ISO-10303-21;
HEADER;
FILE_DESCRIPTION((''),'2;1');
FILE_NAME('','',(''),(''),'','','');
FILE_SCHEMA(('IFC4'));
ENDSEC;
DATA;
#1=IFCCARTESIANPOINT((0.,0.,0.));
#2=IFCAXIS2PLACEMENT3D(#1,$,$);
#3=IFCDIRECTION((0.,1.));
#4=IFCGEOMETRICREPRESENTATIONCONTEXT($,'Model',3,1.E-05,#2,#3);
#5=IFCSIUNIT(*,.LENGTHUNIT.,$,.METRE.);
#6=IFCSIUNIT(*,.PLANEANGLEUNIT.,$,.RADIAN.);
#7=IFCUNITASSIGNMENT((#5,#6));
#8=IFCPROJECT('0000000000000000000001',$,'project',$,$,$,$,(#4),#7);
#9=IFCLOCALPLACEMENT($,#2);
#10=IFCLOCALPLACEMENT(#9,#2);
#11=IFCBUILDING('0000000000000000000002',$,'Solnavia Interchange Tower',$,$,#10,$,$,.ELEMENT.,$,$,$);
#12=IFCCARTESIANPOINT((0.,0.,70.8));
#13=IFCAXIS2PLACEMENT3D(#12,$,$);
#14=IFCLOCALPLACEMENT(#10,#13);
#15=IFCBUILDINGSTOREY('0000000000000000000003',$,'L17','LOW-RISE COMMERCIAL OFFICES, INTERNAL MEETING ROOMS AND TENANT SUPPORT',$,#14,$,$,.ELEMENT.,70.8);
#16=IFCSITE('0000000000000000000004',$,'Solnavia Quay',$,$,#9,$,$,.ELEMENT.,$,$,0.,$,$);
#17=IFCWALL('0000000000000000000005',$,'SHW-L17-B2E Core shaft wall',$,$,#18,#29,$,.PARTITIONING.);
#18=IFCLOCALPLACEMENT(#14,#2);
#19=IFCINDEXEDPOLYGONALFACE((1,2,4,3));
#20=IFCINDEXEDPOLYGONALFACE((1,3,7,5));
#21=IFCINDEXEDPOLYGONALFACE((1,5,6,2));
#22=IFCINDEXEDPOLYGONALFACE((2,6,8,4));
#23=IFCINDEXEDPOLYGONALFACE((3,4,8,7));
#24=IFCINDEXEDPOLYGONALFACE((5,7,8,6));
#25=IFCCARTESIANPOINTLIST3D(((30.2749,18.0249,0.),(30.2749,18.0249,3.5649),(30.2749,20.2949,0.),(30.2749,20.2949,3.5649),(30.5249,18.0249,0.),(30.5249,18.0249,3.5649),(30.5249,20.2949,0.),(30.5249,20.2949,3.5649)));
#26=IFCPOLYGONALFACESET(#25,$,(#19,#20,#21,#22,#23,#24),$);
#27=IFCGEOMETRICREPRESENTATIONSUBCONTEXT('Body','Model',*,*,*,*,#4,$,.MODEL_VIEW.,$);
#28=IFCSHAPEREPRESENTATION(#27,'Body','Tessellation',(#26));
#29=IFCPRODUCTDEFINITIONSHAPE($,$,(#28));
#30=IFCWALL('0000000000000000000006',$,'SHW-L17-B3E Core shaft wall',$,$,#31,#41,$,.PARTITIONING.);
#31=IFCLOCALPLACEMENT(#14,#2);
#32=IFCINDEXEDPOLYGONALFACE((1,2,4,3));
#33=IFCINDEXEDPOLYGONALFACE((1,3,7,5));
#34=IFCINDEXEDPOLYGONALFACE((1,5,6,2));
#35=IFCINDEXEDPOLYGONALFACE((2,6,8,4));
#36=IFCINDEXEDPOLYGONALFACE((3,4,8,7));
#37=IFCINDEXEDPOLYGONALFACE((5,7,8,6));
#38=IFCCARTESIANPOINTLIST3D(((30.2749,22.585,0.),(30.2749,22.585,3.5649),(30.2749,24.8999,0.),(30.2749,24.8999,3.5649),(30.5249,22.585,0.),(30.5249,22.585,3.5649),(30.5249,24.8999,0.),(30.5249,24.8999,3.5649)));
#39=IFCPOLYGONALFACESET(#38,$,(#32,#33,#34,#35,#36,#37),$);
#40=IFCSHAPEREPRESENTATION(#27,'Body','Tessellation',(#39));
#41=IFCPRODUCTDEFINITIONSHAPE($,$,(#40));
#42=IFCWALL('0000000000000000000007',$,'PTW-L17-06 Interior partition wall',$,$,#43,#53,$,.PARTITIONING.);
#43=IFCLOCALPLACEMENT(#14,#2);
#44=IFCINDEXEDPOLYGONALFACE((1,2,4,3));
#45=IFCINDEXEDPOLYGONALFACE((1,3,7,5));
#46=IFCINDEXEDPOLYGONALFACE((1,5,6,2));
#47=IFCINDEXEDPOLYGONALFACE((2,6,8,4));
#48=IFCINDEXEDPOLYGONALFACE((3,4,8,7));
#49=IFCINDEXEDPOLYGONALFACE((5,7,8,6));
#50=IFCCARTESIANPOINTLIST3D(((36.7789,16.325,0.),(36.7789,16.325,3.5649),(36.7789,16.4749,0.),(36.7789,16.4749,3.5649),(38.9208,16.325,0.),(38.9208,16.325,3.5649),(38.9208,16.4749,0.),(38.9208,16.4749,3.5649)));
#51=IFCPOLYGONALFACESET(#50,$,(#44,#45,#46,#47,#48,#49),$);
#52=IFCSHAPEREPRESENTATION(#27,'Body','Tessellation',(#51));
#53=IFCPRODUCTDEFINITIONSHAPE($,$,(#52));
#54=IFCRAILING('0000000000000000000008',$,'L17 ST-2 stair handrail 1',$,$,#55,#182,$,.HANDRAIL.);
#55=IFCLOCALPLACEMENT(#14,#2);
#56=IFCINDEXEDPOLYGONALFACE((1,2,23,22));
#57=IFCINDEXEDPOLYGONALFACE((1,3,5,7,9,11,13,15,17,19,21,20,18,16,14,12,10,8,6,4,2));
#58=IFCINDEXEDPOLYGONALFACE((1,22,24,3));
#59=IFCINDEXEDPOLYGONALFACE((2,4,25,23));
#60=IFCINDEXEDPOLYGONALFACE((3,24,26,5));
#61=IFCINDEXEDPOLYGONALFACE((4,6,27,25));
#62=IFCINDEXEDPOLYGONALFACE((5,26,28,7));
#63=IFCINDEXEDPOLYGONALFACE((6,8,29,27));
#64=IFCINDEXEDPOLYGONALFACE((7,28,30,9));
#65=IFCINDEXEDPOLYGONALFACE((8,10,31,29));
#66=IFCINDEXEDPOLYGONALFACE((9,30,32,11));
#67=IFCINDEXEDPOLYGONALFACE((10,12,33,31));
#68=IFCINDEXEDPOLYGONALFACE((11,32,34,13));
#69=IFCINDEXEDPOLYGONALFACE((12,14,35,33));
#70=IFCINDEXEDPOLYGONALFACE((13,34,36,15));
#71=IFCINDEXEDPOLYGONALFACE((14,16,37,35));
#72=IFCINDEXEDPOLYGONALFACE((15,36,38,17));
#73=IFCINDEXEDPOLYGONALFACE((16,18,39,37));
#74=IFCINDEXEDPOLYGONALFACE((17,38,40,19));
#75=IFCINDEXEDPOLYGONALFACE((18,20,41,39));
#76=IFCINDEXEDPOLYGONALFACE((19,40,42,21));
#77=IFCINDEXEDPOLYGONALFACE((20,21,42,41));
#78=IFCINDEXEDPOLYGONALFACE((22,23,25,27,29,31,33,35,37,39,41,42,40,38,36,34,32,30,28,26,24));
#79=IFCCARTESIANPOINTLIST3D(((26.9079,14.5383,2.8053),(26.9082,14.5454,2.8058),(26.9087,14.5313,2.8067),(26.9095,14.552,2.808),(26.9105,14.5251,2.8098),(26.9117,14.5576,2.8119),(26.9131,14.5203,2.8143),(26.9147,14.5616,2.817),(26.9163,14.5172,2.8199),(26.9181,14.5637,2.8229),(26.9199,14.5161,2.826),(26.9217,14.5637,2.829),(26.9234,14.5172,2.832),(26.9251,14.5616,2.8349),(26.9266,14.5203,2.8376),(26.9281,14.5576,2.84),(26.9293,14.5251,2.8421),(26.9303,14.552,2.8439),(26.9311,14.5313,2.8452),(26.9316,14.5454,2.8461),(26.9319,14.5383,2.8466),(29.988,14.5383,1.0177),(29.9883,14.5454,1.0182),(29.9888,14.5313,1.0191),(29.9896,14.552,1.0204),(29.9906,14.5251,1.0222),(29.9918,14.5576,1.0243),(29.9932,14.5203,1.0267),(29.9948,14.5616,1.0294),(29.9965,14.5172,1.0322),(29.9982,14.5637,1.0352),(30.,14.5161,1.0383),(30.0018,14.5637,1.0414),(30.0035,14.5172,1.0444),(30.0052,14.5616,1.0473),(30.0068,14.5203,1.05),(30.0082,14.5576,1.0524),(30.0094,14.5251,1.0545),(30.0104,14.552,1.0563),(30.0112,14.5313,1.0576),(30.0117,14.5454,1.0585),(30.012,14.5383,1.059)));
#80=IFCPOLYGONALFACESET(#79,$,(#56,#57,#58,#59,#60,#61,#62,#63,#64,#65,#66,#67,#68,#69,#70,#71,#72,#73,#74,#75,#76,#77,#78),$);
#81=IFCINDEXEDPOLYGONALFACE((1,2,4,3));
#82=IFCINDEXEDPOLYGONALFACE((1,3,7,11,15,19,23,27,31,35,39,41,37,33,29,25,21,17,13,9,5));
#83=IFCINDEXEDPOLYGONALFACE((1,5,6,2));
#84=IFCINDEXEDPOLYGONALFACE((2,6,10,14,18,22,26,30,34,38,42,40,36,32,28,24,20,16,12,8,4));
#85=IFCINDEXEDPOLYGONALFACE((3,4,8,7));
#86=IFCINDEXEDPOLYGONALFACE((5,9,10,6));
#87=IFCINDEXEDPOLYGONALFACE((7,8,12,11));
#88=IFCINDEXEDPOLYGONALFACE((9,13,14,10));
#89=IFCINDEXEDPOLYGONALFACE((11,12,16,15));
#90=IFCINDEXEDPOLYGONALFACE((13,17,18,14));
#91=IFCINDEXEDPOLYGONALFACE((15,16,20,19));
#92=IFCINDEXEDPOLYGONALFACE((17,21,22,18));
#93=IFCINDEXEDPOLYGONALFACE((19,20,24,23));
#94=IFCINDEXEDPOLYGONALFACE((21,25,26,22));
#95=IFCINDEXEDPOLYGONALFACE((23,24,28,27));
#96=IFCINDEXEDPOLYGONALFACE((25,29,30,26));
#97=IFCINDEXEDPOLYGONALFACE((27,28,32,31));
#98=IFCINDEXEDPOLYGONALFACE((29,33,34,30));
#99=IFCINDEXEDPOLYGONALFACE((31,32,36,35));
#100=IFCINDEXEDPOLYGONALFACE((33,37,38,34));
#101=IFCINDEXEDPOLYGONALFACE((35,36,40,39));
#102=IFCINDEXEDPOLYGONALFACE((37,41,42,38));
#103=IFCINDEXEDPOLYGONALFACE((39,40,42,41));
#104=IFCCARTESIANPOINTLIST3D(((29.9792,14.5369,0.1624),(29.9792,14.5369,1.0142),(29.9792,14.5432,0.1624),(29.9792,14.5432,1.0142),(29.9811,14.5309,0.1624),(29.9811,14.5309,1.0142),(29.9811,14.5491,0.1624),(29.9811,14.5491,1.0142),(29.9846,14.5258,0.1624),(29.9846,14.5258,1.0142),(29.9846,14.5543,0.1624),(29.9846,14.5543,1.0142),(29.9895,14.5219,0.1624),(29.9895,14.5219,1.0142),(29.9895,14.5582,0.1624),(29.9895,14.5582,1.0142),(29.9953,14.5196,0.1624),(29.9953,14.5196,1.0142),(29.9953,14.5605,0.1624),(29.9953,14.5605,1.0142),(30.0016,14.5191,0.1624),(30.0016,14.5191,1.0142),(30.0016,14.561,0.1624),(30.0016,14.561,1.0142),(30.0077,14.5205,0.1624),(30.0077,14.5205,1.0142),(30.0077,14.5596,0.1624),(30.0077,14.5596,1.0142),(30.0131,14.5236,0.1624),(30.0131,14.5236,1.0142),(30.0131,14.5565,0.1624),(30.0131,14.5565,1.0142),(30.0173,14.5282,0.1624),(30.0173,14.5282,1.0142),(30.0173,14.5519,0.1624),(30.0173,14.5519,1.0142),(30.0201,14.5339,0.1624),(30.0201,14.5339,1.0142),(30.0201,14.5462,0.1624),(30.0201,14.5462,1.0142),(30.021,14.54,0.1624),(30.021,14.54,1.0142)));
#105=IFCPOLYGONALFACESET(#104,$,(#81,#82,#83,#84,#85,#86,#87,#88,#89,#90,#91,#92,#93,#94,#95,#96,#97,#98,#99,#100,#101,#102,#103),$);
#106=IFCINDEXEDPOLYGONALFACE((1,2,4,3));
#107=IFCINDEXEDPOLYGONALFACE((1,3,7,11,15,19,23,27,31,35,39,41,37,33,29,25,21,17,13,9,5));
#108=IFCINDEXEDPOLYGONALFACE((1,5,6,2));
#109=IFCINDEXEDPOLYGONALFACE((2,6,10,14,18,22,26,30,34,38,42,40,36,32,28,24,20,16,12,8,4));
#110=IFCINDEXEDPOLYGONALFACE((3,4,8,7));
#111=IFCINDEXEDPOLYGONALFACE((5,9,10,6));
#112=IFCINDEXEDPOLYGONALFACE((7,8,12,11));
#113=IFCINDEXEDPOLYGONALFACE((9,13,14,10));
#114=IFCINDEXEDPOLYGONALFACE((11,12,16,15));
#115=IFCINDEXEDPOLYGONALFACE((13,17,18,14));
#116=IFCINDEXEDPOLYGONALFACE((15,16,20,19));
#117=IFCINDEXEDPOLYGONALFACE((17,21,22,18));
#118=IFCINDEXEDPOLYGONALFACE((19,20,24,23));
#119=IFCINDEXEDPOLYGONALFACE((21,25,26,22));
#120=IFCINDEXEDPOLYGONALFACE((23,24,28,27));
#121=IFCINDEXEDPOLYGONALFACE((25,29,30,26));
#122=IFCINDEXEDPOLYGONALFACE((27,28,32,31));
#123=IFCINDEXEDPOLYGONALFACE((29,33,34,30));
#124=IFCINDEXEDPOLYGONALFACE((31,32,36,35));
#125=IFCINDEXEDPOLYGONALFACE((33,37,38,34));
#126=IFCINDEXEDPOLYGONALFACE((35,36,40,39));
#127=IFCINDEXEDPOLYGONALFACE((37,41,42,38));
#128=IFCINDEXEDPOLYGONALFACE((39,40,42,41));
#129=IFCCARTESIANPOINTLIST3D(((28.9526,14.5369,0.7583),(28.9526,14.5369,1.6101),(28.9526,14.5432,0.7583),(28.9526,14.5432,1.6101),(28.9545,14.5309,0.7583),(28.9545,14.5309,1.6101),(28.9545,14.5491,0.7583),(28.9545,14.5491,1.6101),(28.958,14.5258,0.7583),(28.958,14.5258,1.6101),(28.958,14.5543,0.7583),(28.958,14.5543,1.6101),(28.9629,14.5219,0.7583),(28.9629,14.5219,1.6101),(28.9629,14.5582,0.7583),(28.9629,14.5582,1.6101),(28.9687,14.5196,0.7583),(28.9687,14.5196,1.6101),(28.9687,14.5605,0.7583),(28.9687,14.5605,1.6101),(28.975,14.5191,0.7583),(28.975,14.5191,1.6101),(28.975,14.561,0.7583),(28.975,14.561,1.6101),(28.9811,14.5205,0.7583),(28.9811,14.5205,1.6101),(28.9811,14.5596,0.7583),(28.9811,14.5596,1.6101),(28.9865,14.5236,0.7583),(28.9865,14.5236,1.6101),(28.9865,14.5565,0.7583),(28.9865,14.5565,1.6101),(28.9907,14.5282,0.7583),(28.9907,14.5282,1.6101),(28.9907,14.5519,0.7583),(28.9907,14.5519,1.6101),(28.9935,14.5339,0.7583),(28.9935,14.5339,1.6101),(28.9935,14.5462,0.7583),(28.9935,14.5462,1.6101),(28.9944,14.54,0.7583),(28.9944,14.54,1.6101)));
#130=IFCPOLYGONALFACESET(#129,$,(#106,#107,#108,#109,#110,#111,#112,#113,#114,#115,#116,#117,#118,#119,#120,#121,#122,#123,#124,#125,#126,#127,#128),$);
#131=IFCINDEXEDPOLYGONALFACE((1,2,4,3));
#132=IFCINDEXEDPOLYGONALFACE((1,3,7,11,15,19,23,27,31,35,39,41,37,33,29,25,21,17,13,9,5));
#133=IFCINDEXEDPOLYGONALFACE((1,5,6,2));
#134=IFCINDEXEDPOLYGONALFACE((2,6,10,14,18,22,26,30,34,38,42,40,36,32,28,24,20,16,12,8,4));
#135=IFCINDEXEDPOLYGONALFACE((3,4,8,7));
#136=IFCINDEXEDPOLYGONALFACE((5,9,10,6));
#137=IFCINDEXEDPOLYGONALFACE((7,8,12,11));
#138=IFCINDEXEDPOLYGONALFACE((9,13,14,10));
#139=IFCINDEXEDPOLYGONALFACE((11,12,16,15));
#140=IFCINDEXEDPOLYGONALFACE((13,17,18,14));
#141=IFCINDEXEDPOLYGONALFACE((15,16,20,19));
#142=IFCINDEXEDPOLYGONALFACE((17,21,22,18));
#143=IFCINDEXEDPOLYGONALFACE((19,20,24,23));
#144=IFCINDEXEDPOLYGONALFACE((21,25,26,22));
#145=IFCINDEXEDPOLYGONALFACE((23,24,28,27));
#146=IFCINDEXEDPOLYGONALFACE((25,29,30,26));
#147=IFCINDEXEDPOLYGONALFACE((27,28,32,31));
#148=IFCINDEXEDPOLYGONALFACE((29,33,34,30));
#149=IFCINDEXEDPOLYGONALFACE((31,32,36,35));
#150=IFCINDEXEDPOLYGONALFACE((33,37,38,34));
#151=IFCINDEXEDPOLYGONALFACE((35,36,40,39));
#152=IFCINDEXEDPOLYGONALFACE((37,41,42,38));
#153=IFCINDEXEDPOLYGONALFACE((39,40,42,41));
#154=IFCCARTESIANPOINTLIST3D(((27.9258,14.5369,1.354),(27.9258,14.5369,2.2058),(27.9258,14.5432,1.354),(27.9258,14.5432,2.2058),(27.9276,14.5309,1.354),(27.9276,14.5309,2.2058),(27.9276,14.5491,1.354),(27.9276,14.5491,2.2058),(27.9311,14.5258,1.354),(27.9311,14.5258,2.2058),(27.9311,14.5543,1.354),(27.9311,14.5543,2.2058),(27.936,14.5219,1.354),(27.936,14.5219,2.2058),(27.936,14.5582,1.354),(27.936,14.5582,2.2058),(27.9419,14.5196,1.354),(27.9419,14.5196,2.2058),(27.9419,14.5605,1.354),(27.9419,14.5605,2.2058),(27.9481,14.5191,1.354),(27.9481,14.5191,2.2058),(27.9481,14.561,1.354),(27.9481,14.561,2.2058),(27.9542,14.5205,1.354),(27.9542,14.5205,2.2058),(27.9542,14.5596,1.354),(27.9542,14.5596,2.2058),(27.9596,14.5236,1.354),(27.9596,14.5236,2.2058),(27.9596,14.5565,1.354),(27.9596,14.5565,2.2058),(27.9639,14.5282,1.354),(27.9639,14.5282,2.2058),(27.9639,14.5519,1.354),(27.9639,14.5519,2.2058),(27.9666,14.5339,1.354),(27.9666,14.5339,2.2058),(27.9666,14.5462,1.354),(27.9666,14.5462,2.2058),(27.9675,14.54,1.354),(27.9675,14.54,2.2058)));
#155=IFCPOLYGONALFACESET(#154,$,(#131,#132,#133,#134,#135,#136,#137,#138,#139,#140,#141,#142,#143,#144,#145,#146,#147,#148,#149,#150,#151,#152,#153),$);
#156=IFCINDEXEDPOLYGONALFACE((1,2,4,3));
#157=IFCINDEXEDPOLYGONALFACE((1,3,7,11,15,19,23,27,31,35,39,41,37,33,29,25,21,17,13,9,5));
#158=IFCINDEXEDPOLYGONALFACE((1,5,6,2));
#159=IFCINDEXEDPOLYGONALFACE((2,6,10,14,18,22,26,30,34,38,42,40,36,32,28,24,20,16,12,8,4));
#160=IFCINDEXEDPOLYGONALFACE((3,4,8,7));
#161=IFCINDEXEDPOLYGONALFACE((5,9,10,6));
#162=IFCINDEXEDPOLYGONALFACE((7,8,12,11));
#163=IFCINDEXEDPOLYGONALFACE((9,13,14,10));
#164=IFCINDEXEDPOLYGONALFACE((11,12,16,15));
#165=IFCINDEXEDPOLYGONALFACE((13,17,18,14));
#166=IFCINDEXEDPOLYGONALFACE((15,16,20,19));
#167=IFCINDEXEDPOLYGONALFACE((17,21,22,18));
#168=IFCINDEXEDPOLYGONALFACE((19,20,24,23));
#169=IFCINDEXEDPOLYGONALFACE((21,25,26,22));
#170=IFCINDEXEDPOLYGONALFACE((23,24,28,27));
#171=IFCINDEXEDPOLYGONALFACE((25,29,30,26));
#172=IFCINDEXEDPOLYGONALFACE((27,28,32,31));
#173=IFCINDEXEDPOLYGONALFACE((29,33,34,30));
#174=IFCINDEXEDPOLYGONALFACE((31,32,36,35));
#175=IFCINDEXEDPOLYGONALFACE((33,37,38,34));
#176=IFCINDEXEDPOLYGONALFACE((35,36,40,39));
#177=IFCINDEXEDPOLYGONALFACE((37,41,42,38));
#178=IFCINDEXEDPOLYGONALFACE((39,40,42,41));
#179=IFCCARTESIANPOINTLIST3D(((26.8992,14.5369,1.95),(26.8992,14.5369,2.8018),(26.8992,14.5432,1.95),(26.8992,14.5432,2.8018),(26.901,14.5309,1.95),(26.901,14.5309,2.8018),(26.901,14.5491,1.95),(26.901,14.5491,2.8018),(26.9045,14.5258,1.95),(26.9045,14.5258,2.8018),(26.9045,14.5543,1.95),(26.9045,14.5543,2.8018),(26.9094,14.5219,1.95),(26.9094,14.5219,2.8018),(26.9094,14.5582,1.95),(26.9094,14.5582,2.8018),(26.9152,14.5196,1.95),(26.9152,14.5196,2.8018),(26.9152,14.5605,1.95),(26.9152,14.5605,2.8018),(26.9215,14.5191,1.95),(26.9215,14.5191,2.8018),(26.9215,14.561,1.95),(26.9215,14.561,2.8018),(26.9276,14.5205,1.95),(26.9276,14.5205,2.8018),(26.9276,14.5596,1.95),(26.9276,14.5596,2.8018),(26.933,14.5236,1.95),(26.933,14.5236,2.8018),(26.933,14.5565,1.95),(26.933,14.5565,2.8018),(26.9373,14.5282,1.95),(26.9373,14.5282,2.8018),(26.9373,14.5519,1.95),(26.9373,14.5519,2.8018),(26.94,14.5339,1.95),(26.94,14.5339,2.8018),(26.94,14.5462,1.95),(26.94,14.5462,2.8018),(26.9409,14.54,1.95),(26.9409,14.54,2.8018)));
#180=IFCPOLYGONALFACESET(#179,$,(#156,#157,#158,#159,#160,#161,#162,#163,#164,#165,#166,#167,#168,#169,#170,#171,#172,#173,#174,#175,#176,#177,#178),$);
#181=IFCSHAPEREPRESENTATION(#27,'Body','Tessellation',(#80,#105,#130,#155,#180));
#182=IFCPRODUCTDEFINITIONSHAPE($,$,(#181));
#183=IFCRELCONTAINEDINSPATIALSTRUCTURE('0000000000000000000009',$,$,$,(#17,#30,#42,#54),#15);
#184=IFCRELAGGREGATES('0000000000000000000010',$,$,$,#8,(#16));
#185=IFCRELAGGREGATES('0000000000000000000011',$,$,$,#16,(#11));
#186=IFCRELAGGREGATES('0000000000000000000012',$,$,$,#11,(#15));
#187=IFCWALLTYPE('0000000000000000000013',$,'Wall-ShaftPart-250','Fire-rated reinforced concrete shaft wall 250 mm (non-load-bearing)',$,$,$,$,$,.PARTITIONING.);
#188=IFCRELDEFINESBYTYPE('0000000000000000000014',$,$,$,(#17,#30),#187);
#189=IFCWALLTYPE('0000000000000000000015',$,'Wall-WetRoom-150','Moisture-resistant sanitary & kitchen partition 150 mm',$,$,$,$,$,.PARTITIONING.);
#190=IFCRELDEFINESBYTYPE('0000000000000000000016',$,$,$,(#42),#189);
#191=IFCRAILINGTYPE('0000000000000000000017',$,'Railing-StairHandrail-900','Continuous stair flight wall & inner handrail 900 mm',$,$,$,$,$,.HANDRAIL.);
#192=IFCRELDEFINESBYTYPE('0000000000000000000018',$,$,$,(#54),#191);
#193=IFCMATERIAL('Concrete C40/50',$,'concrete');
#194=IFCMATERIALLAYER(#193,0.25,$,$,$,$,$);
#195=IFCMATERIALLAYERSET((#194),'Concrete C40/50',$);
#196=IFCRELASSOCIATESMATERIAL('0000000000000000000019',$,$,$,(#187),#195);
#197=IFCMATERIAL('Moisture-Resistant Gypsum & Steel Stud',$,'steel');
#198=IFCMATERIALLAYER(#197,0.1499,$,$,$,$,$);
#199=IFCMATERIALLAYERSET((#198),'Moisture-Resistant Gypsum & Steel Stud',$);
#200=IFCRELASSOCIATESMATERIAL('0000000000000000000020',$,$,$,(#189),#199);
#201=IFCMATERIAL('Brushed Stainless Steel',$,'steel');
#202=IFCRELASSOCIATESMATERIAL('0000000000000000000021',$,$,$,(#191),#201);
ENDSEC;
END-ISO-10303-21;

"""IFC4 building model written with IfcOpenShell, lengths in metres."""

from ifc_helpers import new_model, si_unit, direction, frame, frame_2d, origin, origin_2d, place, context, subcontext, project, spatial, rectangle, circle, extrude, material, layer, layer_set, type_object, element, save


model = new_model("IFC4")

# Units and contexts
model_context = context("Model", 3, precision=1e-05, world=origin(), true_north=direction((0.0, 1.0)))
body_context = subcontext(model_context, "Body", "Model", "MODEL_VIEW")
ifc_project = project(units=[si_unit("LENGTHUNIT", "METRE"), si_unit("PLANEANGLEUNIT", "RADIAN")], contexts=[model_context])

# Site, building, storey
site_placement = place(None, origin())
site = spatial("IfcSite", under=ifc_project, at=site_placement, Name="Solnavia Quay", CompositionType="ELEMENT", RefElevation=0.0)
building_placement = place(site_placement, origin())
building = spatial("IfcBuilding", under=site, at=building_placement, Name="Solnavia Interchange Tower", CompositionType="ELEMENT")
storey_placement = place(building_placement, frame((0.0, 0.0, 70.8)))
storey = spatial("IfcBuildingStorey", under=building, at=storey_placement, Name="L17", Description="LOW-RISE COMMERCIAL OFFICES, INTERNAL MEETING ROOMS AND TENANT SUPPORT", CompositionType="ELEMENT", Elevation=70.8)

# Shared definitions
ifc_material_1 = material(Name="Concrete C40/50", Category="concrete")

# Shared definitions
ifc_layer_1 = layer(ifc_material_1, 0.25)
ifc_layer_set_1 = layer_set([ifc_layer_1], Name="Concrete C40/50")
wall_type_1 = type_object("IfcWallType", Name="Wall-ShaftPart-250", Description="Fire-rated reinforced concrete shaft wall 250 mm (non-load-bearing)", PredefinedType="PARTITIONING", material=ifc_layer_set_1)

# Walls
wall_1_placement = place(storey_placement, frame((30.3999, 18.0249, 0.0), z_axis=(0.0, 0.0, 1.0), x_axis=(0.0, 1.0, 0.0)))
element("IfcWall", 1, at=wall_1_placement, inside=storey, type_object=wall_type_1, Name="SHW-L17-B2E Core shaft wall", PredefinedType="PARTITIONING", context=body_context, shape_type="SweptSolid", body=[
    extrude(rectangle(XDim=2.27, YDim=0.25, at=frame_2d((1.135, 0.0))), origin(), (0.0, 0.0, 1.0), 3.5649),
])
wall_2_placement = place(storey_placement, frame((30.3999, 22.585, 0.0), z_axis=(0.0, 0.0, 1.0), x_axis=(0.0, 1.0, 0.0)))
element("IfcWall", 2, at=wall_2_placement, inside=storey, type_object=wall_type_1, Name="SHW-L17-B3E Core shaft wall", PredefinedType="PARTITIONING", context=body_context, shape_type="SweptSolid", body=[
    extrude(rectangle(XDim=2.3149, YDim=0.25, at=frame_2d((1.1575, 0.0))), origin(), (0.0, 0.0, 1.0), 3.5649),
])
ifc_material_2 = material(Name="Moisture-Resistant Gypsum & Steel Stud", Category="steel")
ifc_layer_2 = layer(ifc_material_2, 0.1499)
ifc_layer_set_2 = layer_set([ifc_layer_2], Name="Moisture-Resistant Gypsum & Steel Stud")
wall_type_2 = type_object("IfcWallType", Name="Wall-WetRoom-150", Description="Moisture-resistant sanitary & kitchen partition 150 mm", PredefinedType="PARTITIONING", material=ifc_layer_set_2)
wall_3_placement = place(storey_placement, frame((36.7791, 16.3999, 0.0), z_axis=(0.0, 0.0, 1.0), x_axis=(1.0, 0.0, 0.0)))
element("IfcWall", 3, at=wall_3_placement, inside=storey, type_object=wall_type_2, Name="PTW-L17-06 Interior partition wall", PredefinedType="PARTITIONING", context=body_context, shape_type="SweptSolid", body=[
    extrude(rectangle(XDim=2.1418, YDim=0.1499, at=frame_2d((1.0708, 0.0))), origin(), (0.0, 0.0, 1.0), 3.5649),
])

# Railing
ifc_material_3 = material(Name="Brushed Stainless Steel", Category="steel")
railing_type = type_object("IfcRailingType", Name="Railing-StairHandrail-900", Description="Continuous stair flight wall & inner handrail 900 mm", PredefinedType="HANDRAIL", material=ifc_material_3)
railing_placement = place(storey_placement, frame((30.0, 14.54, 0.1624)))
element("IfcRailing", 4, at=railing_placement, inside=storey, type_object=railing_type, Name="L17 ST-2 stair handrail 1", PredefinedType="HANDRAIL", context=body_context, shape_type="SweptSolid", body=[
    extrude(circle(Radius=0.0239, at=origin_2d()), frame((0.0, 0.0, 0.876), z_axis=(-0.864891, 0.0, 0.50196), x_axis=(0.0, -1.0, 0.0)), (0.0, 0.0, 1.0), 3.5613),
    extrude(circle(Radius=0.021, at=origin_2d()), origin(), (0.0, 0.0, 1.0), 0.8518),
    extrude(circle(Radius=0.021, at=origin_2d()), frame((-1.0266, 0.0, 0.5959)), (0.0, 0.0, 1.0), 0.8518),
    extrude(circle(Radius=0.021, at=origin_2d()), frame((-2.0535, 0.0, 1.1917)), (0.0, 0.0, 1.0), 0.8518),
    extrude(circle(Radius=0.021, at=origin_2d()), frame((-3.0801, 0.0, 1.7876)), (0.0, 0.0, 1.0), 0.8518),
])

save(model, "model.ifc")
